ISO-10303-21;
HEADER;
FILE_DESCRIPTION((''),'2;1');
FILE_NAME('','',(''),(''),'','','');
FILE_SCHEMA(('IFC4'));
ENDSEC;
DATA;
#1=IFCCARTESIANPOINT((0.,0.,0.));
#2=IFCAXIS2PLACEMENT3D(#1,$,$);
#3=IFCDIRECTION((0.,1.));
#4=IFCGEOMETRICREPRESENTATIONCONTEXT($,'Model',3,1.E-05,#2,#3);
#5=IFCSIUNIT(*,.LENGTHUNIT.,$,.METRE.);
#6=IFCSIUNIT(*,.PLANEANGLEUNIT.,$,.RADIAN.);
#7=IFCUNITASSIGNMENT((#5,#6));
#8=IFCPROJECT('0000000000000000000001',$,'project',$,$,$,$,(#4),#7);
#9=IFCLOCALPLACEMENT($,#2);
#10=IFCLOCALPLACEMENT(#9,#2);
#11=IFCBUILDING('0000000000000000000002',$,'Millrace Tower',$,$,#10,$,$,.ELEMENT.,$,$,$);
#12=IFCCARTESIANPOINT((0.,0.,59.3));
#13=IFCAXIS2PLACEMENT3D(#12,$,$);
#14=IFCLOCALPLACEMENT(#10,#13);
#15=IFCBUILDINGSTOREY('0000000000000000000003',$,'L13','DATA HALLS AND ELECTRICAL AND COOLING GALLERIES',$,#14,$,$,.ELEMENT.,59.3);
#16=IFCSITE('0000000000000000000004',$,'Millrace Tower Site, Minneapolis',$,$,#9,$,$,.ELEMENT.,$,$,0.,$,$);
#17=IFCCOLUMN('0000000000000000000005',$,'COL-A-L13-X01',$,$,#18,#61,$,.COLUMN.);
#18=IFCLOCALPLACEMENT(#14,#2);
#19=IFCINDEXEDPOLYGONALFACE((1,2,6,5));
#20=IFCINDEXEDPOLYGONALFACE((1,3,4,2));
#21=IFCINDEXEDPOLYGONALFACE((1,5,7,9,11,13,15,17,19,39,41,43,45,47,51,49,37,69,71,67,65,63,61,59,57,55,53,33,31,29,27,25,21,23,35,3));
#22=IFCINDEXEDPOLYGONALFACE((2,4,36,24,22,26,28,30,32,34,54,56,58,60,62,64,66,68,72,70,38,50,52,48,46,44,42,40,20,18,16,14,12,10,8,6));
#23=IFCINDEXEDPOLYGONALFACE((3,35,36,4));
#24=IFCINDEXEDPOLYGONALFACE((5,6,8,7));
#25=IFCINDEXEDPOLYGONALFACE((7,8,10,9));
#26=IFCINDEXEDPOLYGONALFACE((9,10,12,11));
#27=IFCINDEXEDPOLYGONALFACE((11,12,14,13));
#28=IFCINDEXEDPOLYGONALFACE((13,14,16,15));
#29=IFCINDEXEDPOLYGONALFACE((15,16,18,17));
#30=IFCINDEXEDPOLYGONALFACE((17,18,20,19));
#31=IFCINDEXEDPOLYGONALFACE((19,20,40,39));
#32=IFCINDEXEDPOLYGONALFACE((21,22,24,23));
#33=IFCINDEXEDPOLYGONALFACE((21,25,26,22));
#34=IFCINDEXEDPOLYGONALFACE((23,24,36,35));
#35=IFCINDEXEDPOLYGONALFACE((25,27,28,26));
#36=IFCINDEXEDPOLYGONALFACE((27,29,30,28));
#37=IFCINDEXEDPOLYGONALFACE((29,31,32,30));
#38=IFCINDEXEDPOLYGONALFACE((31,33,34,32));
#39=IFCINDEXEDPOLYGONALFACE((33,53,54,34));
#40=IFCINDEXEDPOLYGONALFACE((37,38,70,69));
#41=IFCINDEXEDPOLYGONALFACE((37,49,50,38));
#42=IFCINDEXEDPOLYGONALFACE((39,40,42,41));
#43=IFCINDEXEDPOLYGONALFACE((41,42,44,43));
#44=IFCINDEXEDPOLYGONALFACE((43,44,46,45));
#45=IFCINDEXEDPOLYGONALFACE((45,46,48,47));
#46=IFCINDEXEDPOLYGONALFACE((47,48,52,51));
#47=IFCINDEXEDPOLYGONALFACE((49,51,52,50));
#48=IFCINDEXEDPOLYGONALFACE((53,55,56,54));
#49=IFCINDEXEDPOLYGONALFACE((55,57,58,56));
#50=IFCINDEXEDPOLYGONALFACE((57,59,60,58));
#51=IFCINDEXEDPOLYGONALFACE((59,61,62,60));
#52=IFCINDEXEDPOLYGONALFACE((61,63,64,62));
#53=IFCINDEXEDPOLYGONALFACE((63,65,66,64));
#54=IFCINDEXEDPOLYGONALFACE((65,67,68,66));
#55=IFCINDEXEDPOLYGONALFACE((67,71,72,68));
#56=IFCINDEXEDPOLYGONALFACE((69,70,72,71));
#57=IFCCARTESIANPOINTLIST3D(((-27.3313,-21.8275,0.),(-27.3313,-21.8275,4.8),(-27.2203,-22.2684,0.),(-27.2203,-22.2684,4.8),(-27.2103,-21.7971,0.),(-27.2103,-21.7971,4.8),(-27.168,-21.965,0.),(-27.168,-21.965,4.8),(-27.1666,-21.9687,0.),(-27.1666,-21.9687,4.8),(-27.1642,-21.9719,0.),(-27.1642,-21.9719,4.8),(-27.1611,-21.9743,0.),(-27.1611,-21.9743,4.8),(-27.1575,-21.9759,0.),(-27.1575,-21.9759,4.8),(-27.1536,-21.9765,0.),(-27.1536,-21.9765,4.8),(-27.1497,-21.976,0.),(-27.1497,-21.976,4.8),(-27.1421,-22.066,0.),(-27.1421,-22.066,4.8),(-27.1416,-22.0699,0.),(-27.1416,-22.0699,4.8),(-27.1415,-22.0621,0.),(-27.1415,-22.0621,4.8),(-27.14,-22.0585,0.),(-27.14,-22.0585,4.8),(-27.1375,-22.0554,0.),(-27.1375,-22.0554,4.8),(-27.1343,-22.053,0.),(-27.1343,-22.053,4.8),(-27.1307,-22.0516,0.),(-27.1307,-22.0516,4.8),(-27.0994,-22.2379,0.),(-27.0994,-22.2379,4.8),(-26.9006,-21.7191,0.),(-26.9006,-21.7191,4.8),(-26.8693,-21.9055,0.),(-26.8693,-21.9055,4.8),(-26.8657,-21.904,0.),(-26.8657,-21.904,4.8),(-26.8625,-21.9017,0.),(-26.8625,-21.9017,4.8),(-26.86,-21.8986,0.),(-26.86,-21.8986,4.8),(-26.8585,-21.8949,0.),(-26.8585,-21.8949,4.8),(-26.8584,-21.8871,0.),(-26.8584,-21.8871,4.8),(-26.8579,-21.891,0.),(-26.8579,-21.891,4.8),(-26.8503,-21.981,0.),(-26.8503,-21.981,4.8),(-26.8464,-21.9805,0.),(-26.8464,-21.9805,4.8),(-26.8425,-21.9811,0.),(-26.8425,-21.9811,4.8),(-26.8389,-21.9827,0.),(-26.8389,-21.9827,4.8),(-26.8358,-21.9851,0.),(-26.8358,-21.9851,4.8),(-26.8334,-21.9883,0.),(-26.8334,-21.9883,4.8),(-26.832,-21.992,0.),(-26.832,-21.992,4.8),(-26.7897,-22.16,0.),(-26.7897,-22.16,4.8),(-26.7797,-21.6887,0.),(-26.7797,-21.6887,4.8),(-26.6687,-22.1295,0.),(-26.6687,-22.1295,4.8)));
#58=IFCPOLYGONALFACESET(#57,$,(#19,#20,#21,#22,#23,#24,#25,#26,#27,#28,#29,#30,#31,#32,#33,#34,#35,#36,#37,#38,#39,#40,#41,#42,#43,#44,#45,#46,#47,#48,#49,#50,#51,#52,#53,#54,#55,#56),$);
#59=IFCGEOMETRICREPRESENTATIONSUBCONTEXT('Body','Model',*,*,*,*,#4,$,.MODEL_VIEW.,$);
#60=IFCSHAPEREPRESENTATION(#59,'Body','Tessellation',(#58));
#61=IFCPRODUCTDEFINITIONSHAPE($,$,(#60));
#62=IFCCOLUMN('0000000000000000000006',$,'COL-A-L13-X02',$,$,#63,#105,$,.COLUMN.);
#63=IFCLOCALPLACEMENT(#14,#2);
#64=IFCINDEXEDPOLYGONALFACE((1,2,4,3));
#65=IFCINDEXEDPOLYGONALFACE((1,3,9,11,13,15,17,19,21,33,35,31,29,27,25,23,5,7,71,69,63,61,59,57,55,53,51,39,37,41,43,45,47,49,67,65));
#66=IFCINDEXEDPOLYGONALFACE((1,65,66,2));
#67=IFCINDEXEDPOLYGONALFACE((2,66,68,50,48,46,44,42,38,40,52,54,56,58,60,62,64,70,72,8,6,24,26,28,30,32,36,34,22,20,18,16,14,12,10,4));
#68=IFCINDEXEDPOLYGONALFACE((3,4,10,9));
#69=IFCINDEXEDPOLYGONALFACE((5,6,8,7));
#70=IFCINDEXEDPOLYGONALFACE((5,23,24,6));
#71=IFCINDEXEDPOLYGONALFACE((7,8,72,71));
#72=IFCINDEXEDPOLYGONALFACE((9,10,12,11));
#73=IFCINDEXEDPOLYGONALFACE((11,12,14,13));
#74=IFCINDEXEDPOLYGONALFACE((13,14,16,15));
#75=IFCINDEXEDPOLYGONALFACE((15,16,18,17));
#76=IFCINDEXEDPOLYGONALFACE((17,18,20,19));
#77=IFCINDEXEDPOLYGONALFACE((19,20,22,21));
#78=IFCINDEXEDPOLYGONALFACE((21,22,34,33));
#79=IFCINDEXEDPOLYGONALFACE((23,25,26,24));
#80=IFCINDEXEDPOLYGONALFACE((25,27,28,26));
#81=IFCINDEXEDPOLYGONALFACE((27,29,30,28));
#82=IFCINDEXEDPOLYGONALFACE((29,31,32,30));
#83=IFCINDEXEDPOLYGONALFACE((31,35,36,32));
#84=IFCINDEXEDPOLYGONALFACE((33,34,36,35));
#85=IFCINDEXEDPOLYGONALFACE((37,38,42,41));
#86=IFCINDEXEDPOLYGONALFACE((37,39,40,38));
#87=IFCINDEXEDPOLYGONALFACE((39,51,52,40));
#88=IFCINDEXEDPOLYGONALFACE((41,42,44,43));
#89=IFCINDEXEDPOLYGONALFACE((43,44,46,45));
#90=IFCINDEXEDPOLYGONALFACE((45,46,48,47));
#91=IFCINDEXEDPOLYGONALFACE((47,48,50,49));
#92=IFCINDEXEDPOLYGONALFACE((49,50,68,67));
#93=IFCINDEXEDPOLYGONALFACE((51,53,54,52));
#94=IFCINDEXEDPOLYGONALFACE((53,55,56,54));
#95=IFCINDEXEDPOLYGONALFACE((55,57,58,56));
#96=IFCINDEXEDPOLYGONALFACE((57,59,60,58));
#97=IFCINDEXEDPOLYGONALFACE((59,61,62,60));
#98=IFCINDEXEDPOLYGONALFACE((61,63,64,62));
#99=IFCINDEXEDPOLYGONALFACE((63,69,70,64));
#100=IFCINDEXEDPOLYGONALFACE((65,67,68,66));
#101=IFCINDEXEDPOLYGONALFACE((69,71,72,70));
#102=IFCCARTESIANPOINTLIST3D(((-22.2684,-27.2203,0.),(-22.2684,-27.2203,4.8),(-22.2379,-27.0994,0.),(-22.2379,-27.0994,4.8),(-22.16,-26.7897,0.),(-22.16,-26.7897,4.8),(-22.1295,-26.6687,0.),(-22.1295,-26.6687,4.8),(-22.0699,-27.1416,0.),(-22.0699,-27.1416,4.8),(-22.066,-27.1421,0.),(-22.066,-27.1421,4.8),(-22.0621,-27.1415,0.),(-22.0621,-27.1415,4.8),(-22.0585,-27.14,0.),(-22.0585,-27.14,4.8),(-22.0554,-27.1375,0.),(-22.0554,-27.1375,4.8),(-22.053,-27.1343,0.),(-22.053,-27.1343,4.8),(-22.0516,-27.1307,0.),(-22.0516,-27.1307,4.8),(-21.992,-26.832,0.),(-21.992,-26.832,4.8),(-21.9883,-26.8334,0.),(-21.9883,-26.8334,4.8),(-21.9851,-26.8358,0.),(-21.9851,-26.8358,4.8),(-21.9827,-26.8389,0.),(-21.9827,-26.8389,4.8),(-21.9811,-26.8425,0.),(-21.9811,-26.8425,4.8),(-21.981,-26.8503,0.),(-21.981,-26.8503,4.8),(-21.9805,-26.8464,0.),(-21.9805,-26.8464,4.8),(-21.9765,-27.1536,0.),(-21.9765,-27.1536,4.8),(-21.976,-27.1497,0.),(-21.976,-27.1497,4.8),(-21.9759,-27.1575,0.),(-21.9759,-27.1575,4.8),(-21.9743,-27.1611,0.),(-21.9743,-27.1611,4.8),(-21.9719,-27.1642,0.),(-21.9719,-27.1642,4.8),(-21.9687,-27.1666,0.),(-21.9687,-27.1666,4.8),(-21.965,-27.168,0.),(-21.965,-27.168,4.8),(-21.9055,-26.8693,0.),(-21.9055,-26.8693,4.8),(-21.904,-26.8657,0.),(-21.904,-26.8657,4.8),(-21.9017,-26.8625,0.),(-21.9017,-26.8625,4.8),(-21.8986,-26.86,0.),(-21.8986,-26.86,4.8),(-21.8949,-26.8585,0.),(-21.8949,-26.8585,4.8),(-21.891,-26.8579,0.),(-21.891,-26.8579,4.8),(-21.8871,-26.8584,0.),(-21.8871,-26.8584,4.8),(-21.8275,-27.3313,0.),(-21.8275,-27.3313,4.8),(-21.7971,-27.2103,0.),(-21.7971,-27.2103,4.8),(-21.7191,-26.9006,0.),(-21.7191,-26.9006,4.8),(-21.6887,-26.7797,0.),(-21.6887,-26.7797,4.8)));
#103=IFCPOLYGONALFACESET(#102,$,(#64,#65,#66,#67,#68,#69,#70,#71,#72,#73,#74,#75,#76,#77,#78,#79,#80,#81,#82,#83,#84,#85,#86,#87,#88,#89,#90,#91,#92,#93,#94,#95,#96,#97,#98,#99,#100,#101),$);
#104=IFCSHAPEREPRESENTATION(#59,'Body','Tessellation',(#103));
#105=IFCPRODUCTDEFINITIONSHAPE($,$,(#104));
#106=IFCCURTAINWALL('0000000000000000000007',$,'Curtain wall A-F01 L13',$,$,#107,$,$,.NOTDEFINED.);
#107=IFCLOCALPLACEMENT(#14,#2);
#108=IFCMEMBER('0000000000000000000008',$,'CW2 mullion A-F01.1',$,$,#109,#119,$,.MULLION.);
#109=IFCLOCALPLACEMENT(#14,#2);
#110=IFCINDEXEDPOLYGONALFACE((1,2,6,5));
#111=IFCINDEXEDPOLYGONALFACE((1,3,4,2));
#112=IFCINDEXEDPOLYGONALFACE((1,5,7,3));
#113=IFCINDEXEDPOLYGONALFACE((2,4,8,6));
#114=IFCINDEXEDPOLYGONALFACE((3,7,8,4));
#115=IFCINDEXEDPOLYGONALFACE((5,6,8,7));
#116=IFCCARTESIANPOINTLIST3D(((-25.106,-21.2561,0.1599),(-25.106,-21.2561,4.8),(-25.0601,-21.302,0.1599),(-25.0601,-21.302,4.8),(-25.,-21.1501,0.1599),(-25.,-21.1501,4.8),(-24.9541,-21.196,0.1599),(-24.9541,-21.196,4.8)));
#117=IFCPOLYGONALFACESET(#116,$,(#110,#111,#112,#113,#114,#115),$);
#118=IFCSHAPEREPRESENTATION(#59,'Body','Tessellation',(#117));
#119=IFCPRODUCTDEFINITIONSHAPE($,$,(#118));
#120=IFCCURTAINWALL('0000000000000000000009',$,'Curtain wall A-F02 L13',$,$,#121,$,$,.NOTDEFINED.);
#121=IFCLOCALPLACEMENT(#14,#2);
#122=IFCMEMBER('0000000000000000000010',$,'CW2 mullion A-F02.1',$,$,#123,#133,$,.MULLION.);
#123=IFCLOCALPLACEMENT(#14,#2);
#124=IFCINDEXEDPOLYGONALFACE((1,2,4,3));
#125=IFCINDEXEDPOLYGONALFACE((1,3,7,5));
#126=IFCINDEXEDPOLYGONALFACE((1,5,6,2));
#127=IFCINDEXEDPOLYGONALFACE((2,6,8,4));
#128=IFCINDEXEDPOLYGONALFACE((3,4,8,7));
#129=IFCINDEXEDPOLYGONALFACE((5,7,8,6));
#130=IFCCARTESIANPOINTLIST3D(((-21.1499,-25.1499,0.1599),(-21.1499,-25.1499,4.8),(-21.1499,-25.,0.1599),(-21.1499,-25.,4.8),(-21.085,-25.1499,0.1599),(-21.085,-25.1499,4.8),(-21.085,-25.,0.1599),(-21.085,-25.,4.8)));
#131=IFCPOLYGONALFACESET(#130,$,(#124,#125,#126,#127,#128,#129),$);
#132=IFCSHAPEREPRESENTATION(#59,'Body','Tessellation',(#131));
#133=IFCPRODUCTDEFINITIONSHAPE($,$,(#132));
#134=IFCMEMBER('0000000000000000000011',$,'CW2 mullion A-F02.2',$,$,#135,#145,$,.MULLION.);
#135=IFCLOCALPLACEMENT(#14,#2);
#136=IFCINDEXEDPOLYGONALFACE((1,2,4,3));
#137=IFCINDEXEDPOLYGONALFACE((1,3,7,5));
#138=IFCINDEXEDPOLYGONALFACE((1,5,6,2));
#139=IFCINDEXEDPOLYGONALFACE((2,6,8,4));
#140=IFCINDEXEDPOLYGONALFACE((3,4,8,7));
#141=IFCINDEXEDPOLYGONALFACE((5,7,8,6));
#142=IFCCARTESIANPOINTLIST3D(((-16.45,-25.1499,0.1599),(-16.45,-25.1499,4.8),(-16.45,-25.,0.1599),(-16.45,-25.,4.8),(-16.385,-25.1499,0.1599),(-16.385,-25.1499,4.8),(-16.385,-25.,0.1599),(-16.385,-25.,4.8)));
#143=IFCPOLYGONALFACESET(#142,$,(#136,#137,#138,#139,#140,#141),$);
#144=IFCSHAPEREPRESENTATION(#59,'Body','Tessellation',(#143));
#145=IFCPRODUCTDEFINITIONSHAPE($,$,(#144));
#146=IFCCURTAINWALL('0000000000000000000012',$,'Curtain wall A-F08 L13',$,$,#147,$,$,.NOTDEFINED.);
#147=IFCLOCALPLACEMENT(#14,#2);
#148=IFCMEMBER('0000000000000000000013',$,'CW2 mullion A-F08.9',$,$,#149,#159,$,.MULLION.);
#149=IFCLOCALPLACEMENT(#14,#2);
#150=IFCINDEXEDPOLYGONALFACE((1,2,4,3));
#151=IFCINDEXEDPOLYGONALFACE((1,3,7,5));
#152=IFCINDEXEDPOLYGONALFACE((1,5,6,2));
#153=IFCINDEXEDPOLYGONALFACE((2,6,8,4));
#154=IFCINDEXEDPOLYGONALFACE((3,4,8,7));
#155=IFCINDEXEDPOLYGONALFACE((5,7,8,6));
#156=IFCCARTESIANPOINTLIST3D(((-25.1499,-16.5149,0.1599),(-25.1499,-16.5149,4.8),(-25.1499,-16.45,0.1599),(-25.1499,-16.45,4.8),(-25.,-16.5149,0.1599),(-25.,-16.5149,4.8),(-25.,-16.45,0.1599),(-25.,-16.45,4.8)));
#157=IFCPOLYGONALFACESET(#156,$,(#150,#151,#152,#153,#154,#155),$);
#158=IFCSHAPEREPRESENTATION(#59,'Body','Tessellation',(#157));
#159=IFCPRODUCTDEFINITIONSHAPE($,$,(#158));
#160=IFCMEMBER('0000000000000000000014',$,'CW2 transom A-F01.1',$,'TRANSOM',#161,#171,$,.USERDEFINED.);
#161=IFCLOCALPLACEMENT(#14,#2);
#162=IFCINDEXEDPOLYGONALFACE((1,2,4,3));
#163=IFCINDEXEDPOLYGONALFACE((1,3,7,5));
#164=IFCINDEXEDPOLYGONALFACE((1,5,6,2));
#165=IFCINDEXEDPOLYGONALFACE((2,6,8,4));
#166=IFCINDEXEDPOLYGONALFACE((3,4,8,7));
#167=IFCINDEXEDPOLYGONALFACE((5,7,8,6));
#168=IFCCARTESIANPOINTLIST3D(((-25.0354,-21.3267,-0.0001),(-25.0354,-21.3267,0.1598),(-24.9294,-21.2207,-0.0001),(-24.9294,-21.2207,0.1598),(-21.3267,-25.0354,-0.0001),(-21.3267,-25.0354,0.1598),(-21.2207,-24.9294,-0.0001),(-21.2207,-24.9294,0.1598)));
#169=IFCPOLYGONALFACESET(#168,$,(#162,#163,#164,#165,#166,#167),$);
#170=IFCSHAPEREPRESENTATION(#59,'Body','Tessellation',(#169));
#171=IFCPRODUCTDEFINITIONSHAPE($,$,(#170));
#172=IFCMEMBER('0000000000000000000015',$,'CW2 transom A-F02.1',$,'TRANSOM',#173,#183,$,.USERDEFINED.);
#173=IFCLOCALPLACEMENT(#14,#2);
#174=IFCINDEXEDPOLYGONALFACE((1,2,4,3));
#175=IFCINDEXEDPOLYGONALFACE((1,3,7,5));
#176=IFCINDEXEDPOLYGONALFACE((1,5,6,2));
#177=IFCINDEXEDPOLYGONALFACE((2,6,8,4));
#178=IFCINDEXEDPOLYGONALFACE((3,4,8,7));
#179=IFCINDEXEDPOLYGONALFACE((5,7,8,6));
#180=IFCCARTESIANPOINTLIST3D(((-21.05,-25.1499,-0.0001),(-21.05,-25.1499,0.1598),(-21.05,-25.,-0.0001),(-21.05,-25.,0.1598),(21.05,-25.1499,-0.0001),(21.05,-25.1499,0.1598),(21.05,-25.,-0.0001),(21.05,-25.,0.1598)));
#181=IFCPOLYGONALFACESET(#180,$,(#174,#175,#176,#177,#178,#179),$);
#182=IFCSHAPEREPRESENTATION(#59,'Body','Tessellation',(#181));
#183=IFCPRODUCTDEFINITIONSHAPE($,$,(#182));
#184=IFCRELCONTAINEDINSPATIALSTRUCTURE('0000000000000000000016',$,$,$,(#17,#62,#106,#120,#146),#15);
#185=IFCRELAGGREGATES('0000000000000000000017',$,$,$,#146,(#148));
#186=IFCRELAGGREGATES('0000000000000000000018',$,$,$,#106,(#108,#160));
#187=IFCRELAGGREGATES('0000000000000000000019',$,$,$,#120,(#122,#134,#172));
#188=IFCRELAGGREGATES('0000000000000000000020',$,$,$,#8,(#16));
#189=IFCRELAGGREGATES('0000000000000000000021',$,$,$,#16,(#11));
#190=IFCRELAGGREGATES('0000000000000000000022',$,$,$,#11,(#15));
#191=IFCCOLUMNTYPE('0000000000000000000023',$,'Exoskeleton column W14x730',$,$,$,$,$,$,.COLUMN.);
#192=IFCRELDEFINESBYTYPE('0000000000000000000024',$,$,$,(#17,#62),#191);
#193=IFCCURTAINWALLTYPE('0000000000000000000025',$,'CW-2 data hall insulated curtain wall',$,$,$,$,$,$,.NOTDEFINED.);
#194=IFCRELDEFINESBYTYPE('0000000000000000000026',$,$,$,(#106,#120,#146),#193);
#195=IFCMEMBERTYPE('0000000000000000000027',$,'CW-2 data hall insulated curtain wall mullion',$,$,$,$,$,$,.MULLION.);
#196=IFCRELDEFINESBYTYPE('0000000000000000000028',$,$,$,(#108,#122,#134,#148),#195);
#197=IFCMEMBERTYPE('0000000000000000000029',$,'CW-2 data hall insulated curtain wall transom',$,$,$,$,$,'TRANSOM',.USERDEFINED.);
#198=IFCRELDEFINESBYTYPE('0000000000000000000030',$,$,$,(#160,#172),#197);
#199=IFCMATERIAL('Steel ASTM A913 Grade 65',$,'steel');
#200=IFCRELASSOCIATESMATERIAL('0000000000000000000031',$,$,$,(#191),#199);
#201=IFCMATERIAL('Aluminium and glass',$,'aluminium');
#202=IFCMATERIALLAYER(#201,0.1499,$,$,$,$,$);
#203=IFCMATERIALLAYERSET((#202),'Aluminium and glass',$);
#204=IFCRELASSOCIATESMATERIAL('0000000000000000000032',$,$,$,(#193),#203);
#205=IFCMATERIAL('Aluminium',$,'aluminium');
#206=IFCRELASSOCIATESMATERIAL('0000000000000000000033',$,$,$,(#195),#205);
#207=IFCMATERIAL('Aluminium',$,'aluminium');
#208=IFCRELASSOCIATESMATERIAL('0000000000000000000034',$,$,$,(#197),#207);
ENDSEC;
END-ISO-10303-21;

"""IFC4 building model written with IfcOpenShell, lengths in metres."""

from ifc_helpers import new_model, si_unit, direction, frame, origin, origin_2d, place, context, subcontext, project, spatial, rectangle, i_section, extrude, material, layer, layer_set, material_profile, profile_set, type_object, element, aggregate, save


model = new_model("IFC4")

# Units and contexts
model_context = context("Model", 3, precision=1e-05, world=origin(), true_north=direction((0.0, 1.0)))
body_context = subcontext(model_context, "Body", "Model", "MODEL_VIEW")
ifc_project = project(units=[si_unit("LENGTHUNIT", "METRE"), si_unit("PLANEANGLEUNIT", "RADIAN")], contexts=[model_context])

# Site, building, storey
site_placement = place(None, origin())
site = spatial("IfcSite", under=ifc_project, at=site_placement, Name="Millrace Tower Site, Minneapolis", CompositionType="ELEMENT", RefElevation=0.0)
building_placement = place(site_placement, origin())
building = spatial("IfcBuilding", under=site, at=building_placement, Name="Millrace Tower", CompositionType="ELEMENT")
storey_placement = place(building_placement, frame((0.0, 0.0, 59.3)))
storey = spatial("IfcBuildingStorey", under=building, at=storey_placement, Name="L13", Description="DATA HALLS AND ELECTRICAL AND COOLING GALLERIES", CompositionType="ELEMENT", Elevation=59.3)

# Columns
ifc_material_1 = material(Name="Steel ASTM A913 Grade 65", Category="steel")
ifc_material_profile_1 = material_profile(ifc_material_1, i_section(OverallWidth=0.4546, OverallDepth=0.5688, WebThickness=0.0779, FlangeThickness=0.1248, FilletRadius=0.0151, at=origin_2d()))
ifc_profile_set_1 = profile_set([ifc_material_profile_1], Name="Steel ASTM A913 Grade 65")
column_type = type_object("IfcColumnType", Name="Exoskeleton column W14x730", PredefinedType="COLUMN", material=ifc_profile_set_1)
for number, where, z_axis, x_axis, name in (
    (1, (-27.0, -21.9785, 0.0), (0.0, 0.0, 1.0), (0.244094, -0.969752, 0.0), "COL-A-L13-X01"),
    (2, (-21.9785, -27.0, 0.0), (0.0, 0.0, 1.0), (0.969752, -0.244094, 0.0), "COL-A-L13-X02"),
):
    element("IfcColumn", number, at=place(storey_placement, frame(where, z_axis=z_axis, x_axis=x_axis)), inside=storey, type_object=column_type, Name=name, PredefinedType="COLUMN", context=body_context, shape_type="SweptSolid", body=[
        extrude(i_section(OverallWidth=0.4546, OverallDepth=0.5688, WebThickness=0.0779, FlangeThickness=0.1248, FilletRadius=0.0151, at=origin_2d()), origin(), (0.0, 0.0, 1.0), 4.8),
    ])

# Curtain wall, member
ifc_material_2 = material(Name="Aluminium and glass", Category="aluminium")
ifc_layer_1 = layer(ifc_material_2, 0.1499)
ifc_layer_set_1 = layer_set([ifc_layer_1], Name="Aluminium and glass")
curtain_wall_type = type_object("IfcCurtainWallType", Name="CW-2 data hall insulated curtain wall", PredefinedType="NOTDEFINED", material=ifc_layer_set_1)
placement = place(storey_placement, origin())
curtain_wall_1 = element("IfcCurtainWall", 3, at=placement, inside=storey, type_object=curtain_wall_type, Name="Curtain wall A-F01 L13", PredefinedType="NOTDEFINED")
ifc_material_3 = material(Name="Aluminium", Category="aluminium")
ifc_material_profile_2 = material_profile(ifc_material_3, rectangle(XDim=0.0649, YDim=0.1499, at=origin_2d()))
ifc_profile_set_2 = profile_set([ifc_material_profile_2], Name="Aluminium")
member_type_1 = type_object("IfcMemberType", Name="CW-2 data hall insulated curtain wall mullion", PredefinedType="MULLION", material=ifc_profile_set_2)
member_1_placement = place(storey_placement, frame((-25.03, -21.2261, 0.1599), z_axis=(0.0, 0.0, 1.0), x_axis=(0.707107, -0.707107, 0.0)))
member_1 = element("IfcMember", 4, at=member_1_placement, type_object=member_type_1, Name="CW2 mullion A-F01.1", PredefinedType="MULLION", context=body_context, shape_type="SweptSolid", body=[
    extrude(rectangle(XDim=0.0649, YDim=0.1499, at=origin_2d()), origin(), (0.0, 0.0, 1.0), 4.6401),
])

# Curtain wall, members
curtain_wall_2 = element("IfcCurtainWall", 5, at=placement, inside=storey, type_object=curtain_wall_type, Name="Curtain wall A-F02 L13", PredefinedType="NOTDEFINED")
member_2_placement = place(storey_placement, frame((-21.1174, -25.075, 0.1599), z_axis=(0.0, 0.0, 1.0), x_axis=(1.0, 0.0, 0.0)))
member_2 = element("IfcMember", 6, at=member_2_placement, type_object=member_type_1, Name="CW2 mullion A-F02.1", PredefinedType="MULLION", context=body_context, shape_type="SweptSolid", body=[
    extrude(rectangle(XDim=0.0649, YDim=0.1499, at=origin_2d()), origin(), (0.0, 0.0, 1.0), 4.6401),
])
member_3_placement = place(storey_placement, frame((-16.4175, -25.075, 0.1599), z_axis=(0.0, 0.0, 1.0), x_axis=(1.0, 0.0, 0.0)))
member_3 = element("IfcMember", 7, at=member_3_placement, type_object=member_type_1, Name="CW2 mullion A-F02.2", PredefinedType="MULLION", context=body_context, shape_type="SweptSolid", body=[
    extrude(rectangle(XDim=0.0649, YDim=0.1499, at=origin_2d()), origin(), (0.0, 0.0, 1.0), 4.6401),
])

# Curtain wall, member
curtain_wall_3 = element("IfcCurtainWall", 8, at=placement, inside=storey, type_object=curtain_wall_type, Name="Curtain wall A-F08 L13", PredefinedType="NOTDEFINED")
member_4_placement = place(storey_placement, frame((-25.075, -16.4824, 0.1599), z_axis=(0.0, 0.0, 1.0), x_axis=(0.0, -1.0, 0.0)))
member_4 = element("IfcMember", 9, at=member_4_placement, type_object=member_type_1, Name="CW2 mullion A-F08.9", PredefinedType="MULLION", context=body_context, shape_type="SweptSolid", body=[
    extrude(rectangle(XDim=0.0649, YDim=0.1499, at=origin_2d()), origin(), (0.0, 0.0, 1.0), 4.6401),
])
aggregate(curtain_wall_3, [member_4])

# Members
ifc_material_4 = material(Name="Aluminium", Category="aluminium")
ifc_material_profile_3 = material_profile(ifc_material_4, rectangle(XDim=0.1499, YDim=0.1599, at=origin_2d()))
ifc_profile_set_3 = profile_set([ifc_material_profile_3], Name="Aluminium")
member_type_2 = type_object("IfcMemberType", Name="CW-2 data hall insulated curtain wall transom", ElementType="TRANSOM", PredefinedType="USERDEFINED", material=ifc_profile_set_3)
member_5_placement = place(storey_placement, frame((-24.9824, -21.2737, 0.0798), z_axis=(0.707107, -0.707107, 0.0), x_axis=(0.707107, 0.707107, 0.0)))
member_5 = element("IfcMember", 10, at=member_5_placement, type_object=member_type_2, Name="CW2 transom A-F01.1", ObjectType="TRANSOM", PredefinedType="USERDEFINED", context=body_context, shape_type="SweptSolid", body=[
    extrude(rectangle(XDim=0.1499, YDim=0.1599, at=origin_2d()), origin(), (0.0, 0.0, 1.0), 5.2449),
])
aggregate(curtain_wall_1, [member_1, member_5])
member_6_placement = place(storey_placement, frame((-21.05, -25.075, 0.0798), z_axis=(1.0, 0.0, 0.0), x_axis=(0.0, 1.0, 0.0)))
member_6 = element("IfcMember", 11, at=member_6_placement, type_object=member_type_2, Name="CW2 transom A-F02.1", ObjectType="TRANSOM", PredefinedType="USERDEFINED", context=body_context, shape_type="SweptSolid", body=[
    extrude(rectangle(XDim=0.1499, YDim=0.1599, at=origin_2d()), origin(), (0.0, 0.0, 1.0), 42.1001),
])
aggregate(curtain_wall_2, [member_2, member_3, member_6])

save(model, "model.ifc")
